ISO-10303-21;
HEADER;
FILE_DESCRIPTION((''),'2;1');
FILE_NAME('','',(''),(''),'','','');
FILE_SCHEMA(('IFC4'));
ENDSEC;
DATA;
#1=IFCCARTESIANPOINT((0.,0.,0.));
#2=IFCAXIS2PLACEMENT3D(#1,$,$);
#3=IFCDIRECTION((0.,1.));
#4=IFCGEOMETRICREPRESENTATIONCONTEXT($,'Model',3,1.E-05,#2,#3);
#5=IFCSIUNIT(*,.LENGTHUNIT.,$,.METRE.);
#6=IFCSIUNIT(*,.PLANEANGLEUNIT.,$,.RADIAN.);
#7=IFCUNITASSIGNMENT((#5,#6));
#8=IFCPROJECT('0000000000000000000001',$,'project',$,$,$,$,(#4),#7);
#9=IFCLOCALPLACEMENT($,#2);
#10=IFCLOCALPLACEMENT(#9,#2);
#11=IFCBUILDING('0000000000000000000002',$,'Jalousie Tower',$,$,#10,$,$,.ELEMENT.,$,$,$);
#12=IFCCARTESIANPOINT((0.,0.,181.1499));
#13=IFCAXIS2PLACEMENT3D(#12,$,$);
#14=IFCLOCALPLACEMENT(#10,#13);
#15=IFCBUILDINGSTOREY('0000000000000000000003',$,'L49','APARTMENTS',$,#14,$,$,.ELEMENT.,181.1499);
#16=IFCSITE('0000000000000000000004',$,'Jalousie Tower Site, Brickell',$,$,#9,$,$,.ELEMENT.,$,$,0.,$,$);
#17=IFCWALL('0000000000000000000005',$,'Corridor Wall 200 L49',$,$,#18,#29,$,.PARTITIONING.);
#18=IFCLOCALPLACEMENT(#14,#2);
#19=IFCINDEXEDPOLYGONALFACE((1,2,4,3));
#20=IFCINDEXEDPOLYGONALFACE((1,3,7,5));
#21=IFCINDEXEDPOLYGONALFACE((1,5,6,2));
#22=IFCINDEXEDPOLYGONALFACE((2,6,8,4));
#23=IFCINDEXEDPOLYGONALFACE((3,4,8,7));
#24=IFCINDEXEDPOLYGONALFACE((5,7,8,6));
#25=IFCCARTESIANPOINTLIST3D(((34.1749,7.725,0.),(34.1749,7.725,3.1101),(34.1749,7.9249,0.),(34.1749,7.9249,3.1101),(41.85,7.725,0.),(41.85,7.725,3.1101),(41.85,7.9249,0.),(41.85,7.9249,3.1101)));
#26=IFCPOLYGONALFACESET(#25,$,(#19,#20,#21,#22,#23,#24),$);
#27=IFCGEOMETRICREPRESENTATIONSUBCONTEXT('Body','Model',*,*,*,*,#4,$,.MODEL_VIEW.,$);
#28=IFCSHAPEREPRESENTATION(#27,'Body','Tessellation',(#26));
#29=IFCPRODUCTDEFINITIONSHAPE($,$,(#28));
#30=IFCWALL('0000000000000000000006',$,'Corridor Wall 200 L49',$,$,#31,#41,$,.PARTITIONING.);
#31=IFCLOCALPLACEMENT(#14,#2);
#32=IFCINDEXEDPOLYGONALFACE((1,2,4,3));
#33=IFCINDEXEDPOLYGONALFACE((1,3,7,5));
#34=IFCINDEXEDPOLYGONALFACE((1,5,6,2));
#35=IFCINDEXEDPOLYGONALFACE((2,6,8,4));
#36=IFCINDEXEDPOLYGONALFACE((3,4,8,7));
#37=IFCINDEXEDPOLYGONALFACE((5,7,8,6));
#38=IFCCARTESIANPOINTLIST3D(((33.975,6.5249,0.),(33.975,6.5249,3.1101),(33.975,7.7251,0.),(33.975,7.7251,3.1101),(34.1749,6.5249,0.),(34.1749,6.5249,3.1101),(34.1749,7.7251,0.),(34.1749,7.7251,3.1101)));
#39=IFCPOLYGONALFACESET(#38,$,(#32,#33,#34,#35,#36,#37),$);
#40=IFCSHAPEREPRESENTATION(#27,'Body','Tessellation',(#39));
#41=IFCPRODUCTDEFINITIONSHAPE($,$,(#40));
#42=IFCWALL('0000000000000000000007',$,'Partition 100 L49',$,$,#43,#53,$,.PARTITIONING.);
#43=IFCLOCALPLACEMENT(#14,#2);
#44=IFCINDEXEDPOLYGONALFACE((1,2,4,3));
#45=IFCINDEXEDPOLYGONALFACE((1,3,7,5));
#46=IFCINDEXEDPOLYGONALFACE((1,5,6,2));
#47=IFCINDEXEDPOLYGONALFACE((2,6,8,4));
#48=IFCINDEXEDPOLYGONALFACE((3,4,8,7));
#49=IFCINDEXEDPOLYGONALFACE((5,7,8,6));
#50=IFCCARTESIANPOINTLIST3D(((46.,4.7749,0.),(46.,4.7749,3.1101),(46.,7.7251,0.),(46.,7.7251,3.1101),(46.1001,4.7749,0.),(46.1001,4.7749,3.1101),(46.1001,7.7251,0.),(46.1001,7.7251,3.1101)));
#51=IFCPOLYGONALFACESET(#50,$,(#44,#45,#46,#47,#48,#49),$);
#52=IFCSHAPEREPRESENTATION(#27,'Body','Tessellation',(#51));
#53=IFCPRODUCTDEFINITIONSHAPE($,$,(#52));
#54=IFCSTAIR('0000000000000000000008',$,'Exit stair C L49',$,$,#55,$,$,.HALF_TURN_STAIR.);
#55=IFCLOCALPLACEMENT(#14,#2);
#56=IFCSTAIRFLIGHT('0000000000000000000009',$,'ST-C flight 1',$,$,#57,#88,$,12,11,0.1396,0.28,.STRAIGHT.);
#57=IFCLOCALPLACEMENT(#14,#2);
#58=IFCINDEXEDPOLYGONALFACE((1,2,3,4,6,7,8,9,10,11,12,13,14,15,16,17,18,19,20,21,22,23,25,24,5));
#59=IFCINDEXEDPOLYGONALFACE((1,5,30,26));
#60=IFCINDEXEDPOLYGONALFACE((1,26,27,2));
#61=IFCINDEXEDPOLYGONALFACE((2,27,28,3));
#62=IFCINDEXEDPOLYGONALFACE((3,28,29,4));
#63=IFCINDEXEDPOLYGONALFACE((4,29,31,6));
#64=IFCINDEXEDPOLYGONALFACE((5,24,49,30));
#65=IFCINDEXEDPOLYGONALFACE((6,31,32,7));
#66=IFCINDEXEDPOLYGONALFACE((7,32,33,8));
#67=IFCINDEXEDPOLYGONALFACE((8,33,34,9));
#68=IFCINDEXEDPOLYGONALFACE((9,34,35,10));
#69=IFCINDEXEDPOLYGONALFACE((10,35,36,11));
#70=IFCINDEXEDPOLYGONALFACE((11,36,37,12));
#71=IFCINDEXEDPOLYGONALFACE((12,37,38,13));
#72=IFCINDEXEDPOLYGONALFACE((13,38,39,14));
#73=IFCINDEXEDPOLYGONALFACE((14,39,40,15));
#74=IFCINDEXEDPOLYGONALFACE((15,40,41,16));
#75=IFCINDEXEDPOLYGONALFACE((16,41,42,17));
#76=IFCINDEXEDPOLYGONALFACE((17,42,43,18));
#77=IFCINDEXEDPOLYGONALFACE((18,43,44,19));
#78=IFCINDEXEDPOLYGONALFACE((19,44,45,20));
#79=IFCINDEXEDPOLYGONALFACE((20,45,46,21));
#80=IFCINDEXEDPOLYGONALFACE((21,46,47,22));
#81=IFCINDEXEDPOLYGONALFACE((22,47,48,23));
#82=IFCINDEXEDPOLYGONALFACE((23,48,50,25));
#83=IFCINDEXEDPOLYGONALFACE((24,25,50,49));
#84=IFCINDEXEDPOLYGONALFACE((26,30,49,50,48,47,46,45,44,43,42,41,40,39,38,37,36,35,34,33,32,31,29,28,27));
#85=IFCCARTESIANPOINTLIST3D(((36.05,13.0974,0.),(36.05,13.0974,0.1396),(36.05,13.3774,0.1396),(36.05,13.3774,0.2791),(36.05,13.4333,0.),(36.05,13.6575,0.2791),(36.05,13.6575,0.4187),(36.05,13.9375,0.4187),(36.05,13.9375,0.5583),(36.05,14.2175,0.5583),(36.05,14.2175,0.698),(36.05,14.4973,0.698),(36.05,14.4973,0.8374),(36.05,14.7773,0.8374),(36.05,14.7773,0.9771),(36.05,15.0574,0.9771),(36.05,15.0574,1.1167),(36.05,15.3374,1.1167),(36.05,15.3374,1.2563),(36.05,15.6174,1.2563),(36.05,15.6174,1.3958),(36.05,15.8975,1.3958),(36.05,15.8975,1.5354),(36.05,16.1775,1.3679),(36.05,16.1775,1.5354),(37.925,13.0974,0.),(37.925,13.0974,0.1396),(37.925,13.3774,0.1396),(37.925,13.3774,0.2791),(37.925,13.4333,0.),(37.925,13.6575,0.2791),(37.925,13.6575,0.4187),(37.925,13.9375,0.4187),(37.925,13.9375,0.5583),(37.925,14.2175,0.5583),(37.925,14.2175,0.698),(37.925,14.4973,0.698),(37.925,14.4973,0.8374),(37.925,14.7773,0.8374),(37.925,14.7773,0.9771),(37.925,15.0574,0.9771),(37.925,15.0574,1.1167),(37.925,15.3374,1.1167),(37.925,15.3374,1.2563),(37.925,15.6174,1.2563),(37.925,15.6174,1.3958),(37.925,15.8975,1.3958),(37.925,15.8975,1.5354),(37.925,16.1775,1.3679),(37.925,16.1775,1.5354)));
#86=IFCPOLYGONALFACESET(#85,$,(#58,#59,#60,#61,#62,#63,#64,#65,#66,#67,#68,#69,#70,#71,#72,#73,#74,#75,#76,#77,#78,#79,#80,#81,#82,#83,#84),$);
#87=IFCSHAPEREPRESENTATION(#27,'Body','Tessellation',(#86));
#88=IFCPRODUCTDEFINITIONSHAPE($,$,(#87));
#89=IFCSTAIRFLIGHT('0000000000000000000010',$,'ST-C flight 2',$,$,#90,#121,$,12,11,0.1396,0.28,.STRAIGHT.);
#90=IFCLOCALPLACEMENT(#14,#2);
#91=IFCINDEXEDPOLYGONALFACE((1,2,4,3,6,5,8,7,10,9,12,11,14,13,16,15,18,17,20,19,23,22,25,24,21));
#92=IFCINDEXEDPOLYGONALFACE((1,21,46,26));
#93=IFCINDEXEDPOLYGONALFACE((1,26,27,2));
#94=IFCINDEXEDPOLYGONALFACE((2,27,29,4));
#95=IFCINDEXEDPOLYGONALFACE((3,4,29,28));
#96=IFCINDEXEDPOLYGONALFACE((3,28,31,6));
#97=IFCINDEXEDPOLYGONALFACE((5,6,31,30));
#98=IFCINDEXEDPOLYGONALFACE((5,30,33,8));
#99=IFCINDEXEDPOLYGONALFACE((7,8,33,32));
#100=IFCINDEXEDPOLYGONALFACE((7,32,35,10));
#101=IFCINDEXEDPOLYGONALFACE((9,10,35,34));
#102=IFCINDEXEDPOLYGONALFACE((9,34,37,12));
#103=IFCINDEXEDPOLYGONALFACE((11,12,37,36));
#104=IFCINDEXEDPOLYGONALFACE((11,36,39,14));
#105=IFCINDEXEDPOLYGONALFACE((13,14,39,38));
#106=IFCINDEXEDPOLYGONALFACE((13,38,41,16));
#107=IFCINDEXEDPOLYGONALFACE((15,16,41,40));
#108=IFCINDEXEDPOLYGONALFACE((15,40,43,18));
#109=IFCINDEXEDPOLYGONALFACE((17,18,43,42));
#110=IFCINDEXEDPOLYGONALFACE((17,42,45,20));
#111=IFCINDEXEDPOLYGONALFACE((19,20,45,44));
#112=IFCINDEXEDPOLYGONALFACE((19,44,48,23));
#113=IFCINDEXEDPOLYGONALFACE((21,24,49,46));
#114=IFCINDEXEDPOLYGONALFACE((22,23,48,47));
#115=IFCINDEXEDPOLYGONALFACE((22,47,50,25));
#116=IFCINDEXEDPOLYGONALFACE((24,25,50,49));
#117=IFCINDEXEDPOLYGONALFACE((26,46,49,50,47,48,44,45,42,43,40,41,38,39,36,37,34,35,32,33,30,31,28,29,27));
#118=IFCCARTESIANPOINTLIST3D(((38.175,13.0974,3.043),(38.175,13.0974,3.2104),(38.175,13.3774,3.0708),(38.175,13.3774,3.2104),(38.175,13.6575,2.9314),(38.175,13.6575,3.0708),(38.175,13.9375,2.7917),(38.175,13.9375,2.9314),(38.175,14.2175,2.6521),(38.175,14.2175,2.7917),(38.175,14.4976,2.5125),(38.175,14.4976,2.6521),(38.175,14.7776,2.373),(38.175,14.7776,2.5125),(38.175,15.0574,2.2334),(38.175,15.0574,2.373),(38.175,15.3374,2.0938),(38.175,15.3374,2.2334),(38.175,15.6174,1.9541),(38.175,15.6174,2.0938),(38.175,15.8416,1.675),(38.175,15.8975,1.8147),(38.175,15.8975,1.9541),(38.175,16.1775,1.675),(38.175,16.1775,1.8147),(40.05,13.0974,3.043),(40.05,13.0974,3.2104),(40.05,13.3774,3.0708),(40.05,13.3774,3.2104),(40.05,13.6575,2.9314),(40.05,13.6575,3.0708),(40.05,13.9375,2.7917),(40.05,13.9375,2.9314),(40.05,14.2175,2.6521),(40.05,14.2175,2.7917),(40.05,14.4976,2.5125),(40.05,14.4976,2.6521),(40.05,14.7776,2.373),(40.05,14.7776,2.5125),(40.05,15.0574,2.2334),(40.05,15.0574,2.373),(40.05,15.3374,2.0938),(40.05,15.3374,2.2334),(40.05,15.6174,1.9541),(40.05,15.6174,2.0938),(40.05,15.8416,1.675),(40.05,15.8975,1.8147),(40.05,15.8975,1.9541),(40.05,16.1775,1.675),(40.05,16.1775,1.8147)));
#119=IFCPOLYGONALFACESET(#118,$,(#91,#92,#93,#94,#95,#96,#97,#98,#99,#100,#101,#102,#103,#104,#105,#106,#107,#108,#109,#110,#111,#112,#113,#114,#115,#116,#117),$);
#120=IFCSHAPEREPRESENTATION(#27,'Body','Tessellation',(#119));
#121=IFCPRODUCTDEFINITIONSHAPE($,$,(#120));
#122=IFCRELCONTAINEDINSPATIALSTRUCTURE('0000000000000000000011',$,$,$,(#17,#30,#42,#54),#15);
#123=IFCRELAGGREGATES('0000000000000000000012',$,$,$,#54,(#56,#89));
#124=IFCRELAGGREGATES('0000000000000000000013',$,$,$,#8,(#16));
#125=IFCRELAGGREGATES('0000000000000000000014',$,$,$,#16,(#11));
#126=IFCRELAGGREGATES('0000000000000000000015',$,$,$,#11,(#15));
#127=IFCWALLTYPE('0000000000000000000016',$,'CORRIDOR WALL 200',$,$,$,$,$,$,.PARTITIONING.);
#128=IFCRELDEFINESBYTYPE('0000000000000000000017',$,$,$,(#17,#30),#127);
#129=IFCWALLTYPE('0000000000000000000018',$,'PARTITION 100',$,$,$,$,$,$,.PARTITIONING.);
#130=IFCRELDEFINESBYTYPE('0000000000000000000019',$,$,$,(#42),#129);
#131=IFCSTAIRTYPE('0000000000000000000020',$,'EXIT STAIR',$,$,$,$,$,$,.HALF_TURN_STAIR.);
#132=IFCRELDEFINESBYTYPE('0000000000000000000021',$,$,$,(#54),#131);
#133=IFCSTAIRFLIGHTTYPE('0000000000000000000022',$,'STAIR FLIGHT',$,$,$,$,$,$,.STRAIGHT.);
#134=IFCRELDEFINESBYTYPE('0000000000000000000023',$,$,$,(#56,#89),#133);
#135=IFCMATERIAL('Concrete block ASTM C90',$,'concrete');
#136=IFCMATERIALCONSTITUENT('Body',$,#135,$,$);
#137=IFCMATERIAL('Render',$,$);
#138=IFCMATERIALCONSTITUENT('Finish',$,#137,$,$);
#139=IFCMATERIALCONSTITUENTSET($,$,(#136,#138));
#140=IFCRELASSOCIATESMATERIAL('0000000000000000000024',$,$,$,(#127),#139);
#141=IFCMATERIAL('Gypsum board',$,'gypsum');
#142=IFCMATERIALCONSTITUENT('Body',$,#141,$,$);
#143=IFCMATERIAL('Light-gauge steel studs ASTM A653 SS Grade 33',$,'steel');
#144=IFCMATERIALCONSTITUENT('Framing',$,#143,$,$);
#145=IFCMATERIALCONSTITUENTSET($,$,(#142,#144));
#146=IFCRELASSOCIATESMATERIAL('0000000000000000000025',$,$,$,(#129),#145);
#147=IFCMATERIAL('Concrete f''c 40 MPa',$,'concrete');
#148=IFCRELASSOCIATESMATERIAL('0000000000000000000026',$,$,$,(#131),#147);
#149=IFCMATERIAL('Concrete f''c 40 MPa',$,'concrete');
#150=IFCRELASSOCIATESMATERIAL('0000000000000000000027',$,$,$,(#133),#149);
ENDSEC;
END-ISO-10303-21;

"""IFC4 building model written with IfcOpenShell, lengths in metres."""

from ifc_helpers import new_model, si_unit, direction, frame, frame_2d, origin, place, context, subcontext, project, spatial, polyline, rectangle, outline, extrude, material, constituent, constituent_set, type_object, element, aggregate, save


model = new_model("IFC4")

# Units and contexts
model_context = context("Model", 3, precision=1e-05, world=origin(), true_north=direction((0.0, 1.0)))
body_context = subcontext(model_context, "Body", "Model", "MODEL_VIEW")
ifc_project = project(units=[si_unit("LENGTHUNIT", "METRE"), si_unit("PLANEANGLEUNIT", "RADIAN")], contexts=[model_context])

# Site, building, storey
site_placement = place(None, origin())
site = spatial("IfcSite", under=ifc_project, at=site_placement, Name="Jalousie Tower Site, Brickell", CompositionType="ELEMENT", RefElevation=0.0)
building_placement = place(site_placement, origin())
building = spatial("IfcBuilding", under=site, at=building_placement, Name="Jalousie Tower", CompositionType="ELEMENT")
storey_placement = place(building_placement, frame((0.0, 0.0, 181.1499)))
storey = spatial("IfcBuildingStorey", under=building, at=storey_placement, Name="L49", Description="APARTMENTS", CompositionType="ELEMENT", Elevation=181.1499)

# Shared definitions
ifc_material_1 = material(Name="Concrete block ASTM C90", Category="concrete")
ifc_constituent_1 = constituent(ifc_material_1, Name="Body")
ifc_material_2 = material(Name="Render")
ifc_constituent_2 = constituent(ifc_material_2, Name="Finish")
ifc_constituent_set_1 = constituent_set(constituents=[ifc_constituent_1, ifc_constituent_2])
wall_type_1 = type_object("IfcWallType", Name="CORRIDOR WALL 200", PredefinedType="PARTITIONING", material=ifc_constituent_set_1)

# Walls
wall_1_placement = place(storey_placement, frame((34.175, 7.825, 0.0), z_axis=(0.0, 0.0, 1.0), x_axis=(1.0, 0.0, 0.0)))
element("IfcWall", 1, at=wall_1_placement, inside=storey, type_object=wall_type_1, Name="Corridor Wall 200 L49", PredefinedType="PARTITIONING", context=body_context, shape_type="SweptSolid", body=[
    extrude(rectangle(XDim=7.675, YDim=0.2, at=frame_2d((3.8374, 0.0))), origin(), (0.0, 0.0, 1.0), 3.1101),
])
wall_2_placement = place(storey_placement, frame((34.075, 7.7251, 0.0), z_axis=(0.0, 0.0, 1.0), x_axis=(0.0, -1.0, 0.0)))
element("IfcWall", 2, at=wall_2_placement, inside=storey, type_object=wall_type_1, Name="Corridor Wall 200 L49", PredefinedType="PARTITIONING", context=body_context, shape_type="SweptSolid", body=[
    extrude(rectangle(XDim=1.2002, YDim=0.2, at=frame_2d((0.6001, 0.0))), origin(), (0.0, 0.0, 1.0), 3.1101),
])
ifc_material_3 = material(Name="Gypsum board", Category="gypsum")
ifc_constituent_3 = constituent(ifc_material_3, Name="Body")
ifc_material_4 = material(Name="Light-gauge steel studs ASTM A653 SS Grade 33", Category="steel")
ifc_constituent_4 = constituent(ifc_material_4, Name="Framing")
ifc_constituent_set_2 = constituent_set(constituents=[ifc_constituent_3, ifc_constituent_4])
wall_type_2 = type_object("IfcWallType", Name="PARTITION 100", PredefinedType="PARTITIONING", material=ifc_constituent_set_2)
wall_3_placement = place(storey_placement, frame((46.05, 4.7749, 0.0), z_axis=(0.0, 0.0, 1.0), x_axis=(0.0, 1.0, 0.0)))
element("IfcWall", 3, at=wall_3_placement, inside=storey, type_object=wall_type_2, Name="Partition 100 L49", PredefinedType="PARTITIONING", context=body_context, shape_type="SweptSolid", body=[
    extrude(rectangle(XDim=2.9502, YDim=0.1001, at=frame_2d((1.4751, 0.0))), origin(), (0.0, 0.0, 1.0), 3.1101),
])

# Stair, stair flights
ifc_material_5 = material(Name="Concrete f'c 40 MPa", Category="concrete")
stair_type = type_object("IfcStairType", Name="EXIT STAIR", PredefinedType="HALF_TURN_STAIR", material=ifc_material_5)
stair_placement = place(storey_placement, origin())
stair = element("IfcStair", 4, at=stair_placement, inside=storey, type_object=stair_type, Name="Exit stair C L49", PredefinedType="HALF_TURN_STAIR")
ifc_material_6 = material(Name="Concrete f'c 40 MPa", Category="concrete")
stair_flight_type = type_object("IfcStairFlightType", Name="STAIR FLIGHT", PredefinedType="STRAIGHT", material=ifc_material_6)
stair_flight_1_placement = place(storey_placement, frame((36.9875, 13.0974, 0.0), z_axis=(0.0, 0.0, 1.0), x_axis=(0.0, 1.0, 0.0)))
stair_flight_1 = element("IfcStairFlight", 5, at=stair_flight_1_placement, type_object=stair_flight_type, Name="ST-C flight 1", NumberOfRisers=12, NumberOfTreads=11, PredefinedType="STRAIGHT", RiserHeight=0.1396, TreadLength=0.28, context=body_context, shape_type="SweptSolid", body=[
    extrude(outline(polyline([(0.0, 0.0), (0.0, 0.1396), (0.28, 0.1396), (0.28, 0.2791), (0.5601, 0.2791), (0.5601, 0.4187), (0.8401, 0.4187), (0.8401, 0.5583), (1.1201, 0.5583), (1.1201, 0.698), (1.3999, 0.698), (1.3999, 0.8374), (1.6799, 0.8374), (1.6799, 0.9771), (1.96, 0.9771), (1.96, 1.1167), (2.24, 1.1167), (2.24, 1.2563), (2.52, 1.2563), (2.52, 1.3958), (2.8, 1.3958), (2.8, 1.5354), (3.0801, 1.5354), (3.0801, 1.675), (3.0801, 1.3679), (0.3359, 0.0), (0.0, 0.0)])), frame((0.0, 0.9375, 0.0), z_axis=(0.0, -1.0, 0.0), x_axis=(1.0, 0.0, 0.0)), (0.0, 0.0, 1.0), 1.875),
])
stair_flight_2_placement = place(storey_placement, frame((39.1125, 16.1775, 1.675), z_axis=(0.0, 0.0, 1.0), x_axis=(0.0, -1.0, 0.0)))
stair_flight_2 = element("IfcStairFlight", 6, at=stair_flight_2_placement, type_object=stair_flight_type, Name="ST-C flight 2", NumberOfRisers=12, NumberOfTreads=11, PredefinedType="STRAIGHT", RiserHeight=0.1396, TreadLength=0.28, context=body_context, shape_type="SweptSolid", body=[
    extrude(outline(polyline([(0.0, 0.0), (0.0, 0.1396), (0.28, 0.1396), (0.28, 0.2791), (0.5601, 0.2791), (0.5601, 0.4187), (0.8401, 0.4187), (0.8401, 0.5583), (1.1201, 0.5583), (1.1201, 0.698), (1.3999, 0.698), (1.3999, 0.8374), (1.6799, 0.8374), (1.6799, 0.9771), (1.96, 0.9771), (1.96, 1.1167), (2.24, 1.1167), (2.24, 1.2563), (2.52, 1.2563), (2.52, 1.3958), (2.8, 1.3958), (2.8, 1.5354), (3.0801, 1.5354), (3.0801, 1.675), (3.0801, 1.3679), (0.3359, 0.0), (0.0, 0.0)])), frame((0.0, 0.9375, 0.0), z_axis=(0.0, -1.0, 0.0), x_axis=(1.0, 0.0, 0.0)), (0.0, 0.0, 1.0), 1.875),
])
aggregate(stair, [stair_flight_1, stair_flight_2])

save(model, "model.ifc")
